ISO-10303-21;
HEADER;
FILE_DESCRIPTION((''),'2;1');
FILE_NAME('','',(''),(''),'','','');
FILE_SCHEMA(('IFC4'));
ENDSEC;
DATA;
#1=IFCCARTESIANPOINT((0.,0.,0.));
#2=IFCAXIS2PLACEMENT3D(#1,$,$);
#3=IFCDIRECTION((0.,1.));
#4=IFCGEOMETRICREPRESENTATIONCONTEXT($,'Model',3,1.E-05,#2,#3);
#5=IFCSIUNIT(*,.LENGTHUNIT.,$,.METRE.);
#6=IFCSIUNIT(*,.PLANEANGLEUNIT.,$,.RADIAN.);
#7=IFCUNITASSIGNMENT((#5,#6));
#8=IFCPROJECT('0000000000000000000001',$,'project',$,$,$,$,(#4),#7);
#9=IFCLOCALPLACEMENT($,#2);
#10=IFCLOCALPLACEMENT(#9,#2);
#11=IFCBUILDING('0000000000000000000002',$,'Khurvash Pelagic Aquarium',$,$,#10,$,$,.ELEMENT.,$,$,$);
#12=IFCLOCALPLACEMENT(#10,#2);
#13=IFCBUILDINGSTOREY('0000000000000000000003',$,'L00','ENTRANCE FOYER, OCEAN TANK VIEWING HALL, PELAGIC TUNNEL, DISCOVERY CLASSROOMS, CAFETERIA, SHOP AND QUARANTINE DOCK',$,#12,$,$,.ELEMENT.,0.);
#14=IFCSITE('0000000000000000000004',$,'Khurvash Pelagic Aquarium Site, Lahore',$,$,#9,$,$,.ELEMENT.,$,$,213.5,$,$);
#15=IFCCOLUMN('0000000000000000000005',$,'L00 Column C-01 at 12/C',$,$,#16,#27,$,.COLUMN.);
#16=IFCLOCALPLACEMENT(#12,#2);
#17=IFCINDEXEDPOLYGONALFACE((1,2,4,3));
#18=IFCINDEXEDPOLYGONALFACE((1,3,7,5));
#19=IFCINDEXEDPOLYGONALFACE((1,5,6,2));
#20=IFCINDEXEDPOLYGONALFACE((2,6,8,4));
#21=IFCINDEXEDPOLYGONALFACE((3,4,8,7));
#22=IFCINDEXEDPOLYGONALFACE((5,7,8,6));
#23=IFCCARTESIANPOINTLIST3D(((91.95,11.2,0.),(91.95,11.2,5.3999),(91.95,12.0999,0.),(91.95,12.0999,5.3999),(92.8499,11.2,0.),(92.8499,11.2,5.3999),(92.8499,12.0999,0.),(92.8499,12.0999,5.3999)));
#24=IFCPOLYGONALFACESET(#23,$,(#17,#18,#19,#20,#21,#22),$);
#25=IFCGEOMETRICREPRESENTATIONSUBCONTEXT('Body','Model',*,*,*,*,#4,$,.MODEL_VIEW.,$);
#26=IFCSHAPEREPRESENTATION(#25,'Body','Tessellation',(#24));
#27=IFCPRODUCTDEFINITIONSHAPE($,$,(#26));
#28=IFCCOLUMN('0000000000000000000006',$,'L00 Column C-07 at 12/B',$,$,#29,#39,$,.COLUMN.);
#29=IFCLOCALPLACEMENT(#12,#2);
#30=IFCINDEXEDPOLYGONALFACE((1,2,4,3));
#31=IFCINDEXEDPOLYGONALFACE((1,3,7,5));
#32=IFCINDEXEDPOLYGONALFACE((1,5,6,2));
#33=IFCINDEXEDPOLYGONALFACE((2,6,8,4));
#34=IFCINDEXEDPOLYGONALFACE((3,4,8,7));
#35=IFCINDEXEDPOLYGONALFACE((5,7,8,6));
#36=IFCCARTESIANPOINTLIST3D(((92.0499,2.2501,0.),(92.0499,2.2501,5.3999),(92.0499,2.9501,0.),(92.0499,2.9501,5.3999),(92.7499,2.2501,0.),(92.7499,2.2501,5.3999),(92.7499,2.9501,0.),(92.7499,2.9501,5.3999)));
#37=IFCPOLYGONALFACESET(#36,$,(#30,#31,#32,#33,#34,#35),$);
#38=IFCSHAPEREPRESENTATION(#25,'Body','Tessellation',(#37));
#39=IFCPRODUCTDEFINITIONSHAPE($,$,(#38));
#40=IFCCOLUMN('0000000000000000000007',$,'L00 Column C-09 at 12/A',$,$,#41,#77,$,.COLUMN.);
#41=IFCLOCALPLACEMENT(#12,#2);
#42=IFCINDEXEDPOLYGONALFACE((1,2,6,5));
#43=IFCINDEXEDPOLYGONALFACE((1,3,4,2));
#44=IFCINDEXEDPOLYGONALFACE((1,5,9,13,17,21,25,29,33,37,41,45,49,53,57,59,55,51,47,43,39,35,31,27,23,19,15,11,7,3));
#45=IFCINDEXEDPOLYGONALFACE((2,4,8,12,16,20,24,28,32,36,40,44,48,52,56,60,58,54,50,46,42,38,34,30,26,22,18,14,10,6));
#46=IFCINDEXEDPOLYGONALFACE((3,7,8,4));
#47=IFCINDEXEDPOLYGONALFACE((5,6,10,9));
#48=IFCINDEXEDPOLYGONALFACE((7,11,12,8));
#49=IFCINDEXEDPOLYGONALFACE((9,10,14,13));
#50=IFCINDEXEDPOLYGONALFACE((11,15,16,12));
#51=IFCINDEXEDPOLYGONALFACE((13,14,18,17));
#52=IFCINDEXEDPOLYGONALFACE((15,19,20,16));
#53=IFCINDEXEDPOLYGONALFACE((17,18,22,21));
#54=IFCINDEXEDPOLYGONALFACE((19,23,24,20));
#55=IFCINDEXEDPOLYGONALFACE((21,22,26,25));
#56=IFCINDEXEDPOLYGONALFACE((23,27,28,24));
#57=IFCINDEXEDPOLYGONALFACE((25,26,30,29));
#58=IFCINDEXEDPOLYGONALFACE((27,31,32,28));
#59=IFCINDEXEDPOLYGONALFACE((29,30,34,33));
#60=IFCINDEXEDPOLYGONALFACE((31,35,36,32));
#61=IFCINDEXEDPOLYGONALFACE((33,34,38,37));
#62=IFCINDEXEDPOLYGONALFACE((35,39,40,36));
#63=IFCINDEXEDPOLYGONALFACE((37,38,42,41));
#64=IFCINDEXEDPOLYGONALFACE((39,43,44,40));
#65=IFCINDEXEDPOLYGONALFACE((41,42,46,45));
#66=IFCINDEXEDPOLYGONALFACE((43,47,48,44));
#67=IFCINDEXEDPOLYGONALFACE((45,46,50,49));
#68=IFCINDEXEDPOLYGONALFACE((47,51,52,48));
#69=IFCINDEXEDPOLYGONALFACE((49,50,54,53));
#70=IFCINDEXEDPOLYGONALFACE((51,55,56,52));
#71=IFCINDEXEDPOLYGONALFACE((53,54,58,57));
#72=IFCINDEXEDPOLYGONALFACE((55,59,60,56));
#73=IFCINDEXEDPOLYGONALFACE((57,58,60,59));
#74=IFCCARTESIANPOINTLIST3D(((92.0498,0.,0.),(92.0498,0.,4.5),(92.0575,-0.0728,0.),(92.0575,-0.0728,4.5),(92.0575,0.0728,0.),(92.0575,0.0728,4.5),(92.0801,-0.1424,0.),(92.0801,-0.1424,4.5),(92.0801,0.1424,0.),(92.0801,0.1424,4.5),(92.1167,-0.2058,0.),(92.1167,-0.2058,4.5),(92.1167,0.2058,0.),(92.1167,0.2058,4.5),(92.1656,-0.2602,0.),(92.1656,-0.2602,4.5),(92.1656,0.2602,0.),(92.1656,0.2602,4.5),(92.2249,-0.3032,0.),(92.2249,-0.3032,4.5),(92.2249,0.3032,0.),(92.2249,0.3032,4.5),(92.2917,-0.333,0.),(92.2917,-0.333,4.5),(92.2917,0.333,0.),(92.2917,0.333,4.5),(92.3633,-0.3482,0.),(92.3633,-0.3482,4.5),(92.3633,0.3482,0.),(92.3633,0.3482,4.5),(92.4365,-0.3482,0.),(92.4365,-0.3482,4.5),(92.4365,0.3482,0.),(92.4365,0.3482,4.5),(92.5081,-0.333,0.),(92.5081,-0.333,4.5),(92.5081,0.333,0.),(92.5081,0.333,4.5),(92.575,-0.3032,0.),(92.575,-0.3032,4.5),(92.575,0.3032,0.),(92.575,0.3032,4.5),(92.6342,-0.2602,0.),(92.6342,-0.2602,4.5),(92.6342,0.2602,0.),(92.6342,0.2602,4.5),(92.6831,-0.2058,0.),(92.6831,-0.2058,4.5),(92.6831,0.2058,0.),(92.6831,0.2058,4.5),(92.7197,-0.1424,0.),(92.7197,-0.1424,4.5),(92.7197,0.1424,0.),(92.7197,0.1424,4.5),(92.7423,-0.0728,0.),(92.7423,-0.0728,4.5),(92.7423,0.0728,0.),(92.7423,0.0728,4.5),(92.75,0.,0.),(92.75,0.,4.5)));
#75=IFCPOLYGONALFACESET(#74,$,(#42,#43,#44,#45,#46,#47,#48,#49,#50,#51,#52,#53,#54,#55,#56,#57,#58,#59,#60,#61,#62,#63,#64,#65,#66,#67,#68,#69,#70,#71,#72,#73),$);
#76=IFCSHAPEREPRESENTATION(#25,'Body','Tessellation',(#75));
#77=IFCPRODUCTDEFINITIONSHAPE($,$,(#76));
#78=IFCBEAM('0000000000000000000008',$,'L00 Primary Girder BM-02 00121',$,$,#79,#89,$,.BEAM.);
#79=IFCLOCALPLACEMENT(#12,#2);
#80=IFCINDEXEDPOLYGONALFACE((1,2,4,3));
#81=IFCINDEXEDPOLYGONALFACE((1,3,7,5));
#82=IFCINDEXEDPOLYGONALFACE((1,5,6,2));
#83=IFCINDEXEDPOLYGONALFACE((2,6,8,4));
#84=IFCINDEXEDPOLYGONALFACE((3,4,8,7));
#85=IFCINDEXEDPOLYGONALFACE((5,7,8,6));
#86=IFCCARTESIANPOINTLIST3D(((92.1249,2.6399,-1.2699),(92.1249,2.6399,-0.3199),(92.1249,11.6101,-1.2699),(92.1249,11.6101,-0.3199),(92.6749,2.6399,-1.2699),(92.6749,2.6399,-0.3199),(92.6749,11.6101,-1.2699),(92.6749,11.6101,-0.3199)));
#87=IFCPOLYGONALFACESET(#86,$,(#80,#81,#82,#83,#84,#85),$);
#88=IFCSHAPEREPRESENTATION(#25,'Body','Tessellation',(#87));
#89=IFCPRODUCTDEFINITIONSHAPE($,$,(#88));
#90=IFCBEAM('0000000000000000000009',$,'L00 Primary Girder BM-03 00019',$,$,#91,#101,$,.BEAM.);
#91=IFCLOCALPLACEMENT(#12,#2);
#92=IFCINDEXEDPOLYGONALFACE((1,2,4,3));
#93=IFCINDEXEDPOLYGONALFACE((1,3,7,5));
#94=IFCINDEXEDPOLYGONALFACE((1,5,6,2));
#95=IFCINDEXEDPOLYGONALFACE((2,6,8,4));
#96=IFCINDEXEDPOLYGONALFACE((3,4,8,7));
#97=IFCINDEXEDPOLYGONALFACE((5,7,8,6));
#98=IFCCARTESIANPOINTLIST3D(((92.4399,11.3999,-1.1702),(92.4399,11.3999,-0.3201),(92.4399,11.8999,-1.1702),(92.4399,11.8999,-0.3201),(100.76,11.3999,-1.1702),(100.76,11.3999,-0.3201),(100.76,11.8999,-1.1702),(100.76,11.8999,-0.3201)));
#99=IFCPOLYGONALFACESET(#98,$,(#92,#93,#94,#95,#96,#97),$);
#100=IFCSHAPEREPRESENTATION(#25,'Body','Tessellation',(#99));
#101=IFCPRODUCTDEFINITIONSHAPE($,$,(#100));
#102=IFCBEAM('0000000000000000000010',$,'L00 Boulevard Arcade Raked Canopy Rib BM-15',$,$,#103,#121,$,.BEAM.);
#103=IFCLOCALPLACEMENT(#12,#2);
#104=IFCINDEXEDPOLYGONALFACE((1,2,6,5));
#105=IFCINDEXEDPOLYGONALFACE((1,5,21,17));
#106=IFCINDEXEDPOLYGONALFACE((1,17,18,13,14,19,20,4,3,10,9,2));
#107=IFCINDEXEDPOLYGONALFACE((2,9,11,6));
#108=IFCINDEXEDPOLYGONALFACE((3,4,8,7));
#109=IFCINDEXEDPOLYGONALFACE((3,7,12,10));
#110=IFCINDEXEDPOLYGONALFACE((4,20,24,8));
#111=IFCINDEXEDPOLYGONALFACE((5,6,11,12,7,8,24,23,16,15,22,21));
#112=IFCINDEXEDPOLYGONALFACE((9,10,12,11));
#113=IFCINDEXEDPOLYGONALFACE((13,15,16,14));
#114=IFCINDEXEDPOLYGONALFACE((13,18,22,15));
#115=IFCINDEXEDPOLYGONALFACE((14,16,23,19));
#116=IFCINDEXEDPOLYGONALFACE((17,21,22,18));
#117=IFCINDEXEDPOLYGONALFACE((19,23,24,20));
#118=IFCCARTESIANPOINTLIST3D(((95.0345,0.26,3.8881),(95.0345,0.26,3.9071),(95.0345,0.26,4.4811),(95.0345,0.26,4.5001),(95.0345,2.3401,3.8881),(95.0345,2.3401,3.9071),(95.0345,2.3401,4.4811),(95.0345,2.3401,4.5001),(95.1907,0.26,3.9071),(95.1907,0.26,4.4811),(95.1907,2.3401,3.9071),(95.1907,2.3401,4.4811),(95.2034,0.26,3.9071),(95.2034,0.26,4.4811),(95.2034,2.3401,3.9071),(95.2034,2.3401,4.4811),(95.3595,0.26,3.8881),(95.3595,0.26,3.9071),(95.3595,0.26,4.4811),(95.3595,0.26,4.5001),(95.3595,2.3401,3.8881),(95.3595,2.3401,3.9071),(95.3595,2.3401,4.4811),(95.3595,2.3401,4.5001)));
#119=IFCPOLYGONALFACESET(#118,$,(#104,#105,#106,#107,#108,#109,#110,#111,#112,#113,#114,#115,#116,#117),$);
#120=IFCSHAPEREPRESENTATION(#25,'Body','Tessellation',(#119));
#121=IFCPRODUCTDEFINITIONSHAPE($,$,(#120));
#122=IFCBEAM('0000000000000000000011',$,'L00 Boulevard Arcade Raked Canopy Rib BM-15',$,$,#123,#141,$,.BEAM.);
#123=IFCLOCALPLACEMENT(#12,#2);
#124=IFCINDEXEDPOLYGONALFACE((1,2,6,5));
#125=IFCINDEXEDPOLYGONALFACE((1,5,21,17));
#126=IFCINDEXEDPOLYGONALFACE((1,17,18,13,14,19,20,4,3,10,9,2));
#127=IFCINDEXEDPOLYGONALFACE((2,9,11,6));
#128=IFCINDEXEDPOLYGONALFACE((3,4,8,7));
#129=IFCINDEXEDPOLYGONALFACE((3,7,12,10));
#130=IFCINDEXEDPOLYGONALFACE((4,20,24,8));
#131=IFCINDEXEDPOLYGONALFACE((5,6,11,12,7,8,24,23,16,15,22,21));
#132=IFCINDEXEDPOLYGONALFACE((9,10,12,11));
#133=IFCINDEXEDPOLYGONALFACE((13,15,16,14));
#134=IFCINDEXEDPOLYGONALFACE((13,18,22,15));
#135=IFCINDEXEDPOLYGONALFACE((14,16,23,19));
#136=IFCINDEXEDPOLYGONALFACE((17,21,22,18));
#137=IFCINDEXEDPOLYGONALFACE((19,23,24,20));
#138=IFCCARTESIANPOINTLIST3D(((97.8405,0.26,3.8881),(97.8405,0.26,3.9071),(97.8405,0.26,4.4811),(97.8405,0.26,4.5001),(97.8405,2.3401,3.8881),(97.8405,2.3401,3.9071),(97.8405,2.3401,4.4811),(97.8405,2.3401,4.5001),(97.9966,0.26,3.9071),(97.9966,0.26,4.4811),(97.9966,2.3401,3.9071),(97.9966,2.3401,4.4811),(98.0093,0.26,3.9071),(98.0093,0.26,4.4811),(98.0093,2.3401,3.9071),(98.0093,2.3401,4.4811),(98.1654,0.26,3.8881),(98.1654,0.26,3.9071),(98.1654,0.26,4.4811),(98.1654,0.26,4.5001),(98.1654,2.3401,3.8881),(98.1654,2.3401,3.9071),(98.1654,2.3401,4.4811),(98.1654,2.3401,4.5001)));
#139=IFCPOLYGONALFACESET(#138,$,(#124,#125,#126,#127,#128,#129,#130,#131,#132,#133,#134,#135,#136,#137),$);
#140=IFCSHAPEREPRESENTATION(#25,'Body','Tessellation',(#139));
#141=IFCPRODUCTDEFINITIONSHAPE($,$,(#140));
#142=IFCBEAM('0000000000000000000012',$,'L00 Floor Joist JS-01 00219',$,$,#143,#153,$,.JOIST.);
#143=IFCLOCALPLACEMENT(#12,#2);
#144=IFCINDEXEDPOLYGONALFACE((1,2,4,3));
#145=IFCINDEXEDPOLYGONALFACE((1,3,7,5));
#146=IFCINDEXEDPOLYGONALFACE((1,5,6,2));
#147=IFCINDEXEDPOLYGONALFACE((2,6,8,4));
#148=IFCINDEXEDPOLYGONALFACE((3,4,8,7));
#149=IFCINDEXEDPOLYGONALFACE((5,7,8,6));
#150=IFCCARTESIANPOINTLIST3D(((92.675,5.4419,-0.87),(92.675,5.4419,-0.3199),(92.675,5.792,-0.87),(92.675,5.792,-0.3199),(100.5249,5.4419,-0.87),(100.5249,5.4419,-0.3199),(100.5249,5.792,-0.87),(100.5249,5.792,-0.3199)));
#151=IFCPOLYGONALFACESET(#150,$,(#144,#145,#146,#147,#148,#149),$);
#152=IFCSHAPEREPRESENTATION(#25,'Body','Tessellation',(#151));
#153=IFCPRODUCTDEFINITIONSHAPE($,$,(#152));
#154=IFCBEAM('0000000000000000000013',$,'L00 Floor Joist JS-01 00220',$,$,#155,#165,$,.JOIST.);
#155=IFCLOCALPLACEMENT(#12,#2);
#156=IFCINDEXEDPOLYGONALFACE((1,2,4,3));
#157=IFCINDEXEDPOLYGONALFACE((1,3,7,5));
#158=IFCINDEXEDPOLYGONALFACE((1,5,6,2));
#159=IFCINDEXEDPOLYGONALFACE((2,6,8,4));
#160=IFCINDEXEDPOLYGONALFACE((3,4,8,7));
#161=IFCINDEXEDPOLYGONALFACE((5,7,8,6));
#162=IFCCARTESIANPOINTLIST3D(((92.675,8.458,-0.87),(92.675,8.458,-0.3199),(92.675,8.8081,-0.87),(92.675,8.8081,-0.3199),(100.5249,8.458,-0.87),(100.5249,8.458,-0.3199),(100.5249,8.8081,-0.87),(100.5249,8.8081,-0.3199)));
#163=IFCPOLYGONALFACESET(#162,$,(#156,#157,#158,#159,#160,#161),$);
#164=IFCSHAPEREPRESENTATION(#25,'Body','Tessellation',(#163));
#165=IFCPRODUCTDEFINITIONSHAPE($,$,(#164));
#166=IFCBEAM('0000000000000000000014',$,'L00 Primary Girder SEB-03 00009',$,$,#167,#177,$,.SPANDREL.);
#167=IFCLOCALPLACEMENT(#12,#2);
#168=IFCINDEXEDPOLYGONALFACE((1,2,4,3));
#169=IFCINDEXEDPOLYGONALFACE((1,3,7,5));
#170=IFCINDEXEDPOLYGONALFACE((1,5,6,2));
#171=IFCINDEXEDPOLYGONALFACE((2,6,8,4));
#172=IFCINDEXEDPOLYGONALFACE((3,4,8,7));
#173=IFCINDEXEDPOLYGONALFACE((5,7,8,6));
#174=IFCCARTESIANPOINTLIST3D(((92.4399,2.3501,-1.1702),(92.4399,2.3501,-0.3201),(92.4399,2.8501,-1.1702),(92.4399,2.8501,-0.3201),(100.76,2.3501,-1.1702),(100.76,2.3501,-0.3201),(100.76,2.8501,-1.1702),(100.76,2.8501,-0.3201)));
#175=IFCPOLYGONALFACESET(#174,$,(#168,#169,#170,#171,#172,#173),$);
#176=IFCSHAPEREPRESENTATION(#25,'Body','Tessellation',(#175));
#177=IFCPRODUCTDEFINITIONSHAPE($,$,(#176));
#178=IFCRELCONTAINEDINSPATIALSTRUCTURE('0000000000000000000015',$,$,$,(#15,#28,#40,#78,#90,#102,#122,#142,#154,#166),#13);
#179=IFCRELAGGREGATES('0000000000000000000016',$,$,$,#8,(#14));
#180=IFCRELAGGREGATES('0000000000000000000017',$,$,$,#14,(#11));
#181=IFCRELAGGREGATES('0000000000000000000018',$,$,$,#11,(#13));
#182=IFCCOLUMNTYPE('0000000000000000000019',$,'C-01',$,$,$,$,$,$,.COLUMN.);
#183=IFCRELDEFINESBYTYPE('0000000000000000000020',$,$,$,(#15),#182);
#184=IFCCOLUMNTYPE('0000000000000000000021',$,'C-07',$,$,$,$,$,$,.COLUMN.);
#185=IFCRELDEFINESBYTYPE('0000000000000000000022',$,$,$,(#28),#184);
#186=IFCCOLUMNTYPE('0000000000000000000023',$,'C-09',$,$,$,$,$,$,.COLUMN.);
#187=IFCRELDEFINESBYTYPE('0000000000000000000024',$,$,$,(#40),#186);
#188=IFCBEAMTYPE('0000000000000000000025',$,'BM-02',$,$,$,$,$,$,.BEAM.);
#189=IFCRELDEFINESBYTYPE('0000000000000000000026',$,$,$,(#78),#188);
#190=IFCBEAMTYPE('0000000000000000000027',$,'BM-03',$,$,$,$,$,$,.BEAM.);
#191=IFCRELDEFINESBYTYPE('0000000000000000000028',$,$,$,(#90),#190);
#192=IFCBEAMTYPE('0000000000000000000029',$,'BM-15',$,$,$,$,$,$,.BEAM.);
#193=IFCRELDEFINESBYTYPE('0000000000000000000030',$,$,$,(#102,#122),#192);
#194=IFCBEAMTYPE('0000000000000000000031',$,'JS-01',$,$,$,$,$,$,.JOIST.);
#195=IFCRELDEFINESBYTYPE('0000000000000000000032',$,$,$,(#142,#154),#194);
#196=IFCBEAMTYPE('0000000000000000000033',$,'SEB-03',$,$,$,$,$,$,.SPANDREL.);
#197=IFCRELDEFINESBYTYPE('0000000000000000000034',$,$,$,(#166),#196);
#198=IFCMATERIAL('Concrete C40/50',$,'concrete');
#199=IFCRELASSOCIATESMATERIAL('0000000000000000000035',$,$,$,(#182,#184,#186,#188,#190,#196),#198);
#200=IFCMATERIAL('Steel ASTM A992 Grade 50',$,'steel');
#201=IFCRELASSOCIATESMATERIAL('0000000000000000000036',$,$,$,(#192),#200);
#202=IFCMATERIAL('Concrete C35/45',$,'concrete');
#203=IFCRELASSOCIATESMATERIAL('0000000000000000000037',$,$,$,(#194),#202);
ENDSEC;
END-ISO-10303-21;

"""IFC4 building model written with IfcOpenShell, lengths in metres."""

from ifc_helpers import new_model, si_unit, direction, frame, origin, origin_2d, place, context, subcontext, project, spatial, rectangle, circle, i_section, extrude, material, material_profile, profile_set, type_object, element, save


model = new_model("IFC4")

# Units and contexts
model_context = context("Model", 3, precision=1e-05, world=origin(), true_north=direction((0.0, 1.0)))
body_context = subcontext(model_context, "Body", "Model", "MODEL_VIEW")
ifc_project = project(units=[si_unit("LENGTHUNIT", "METRE"), si_unit("PLANEANGLEUNIT", "RADIAN")], contexts=[model_context])

# Site, building, storey
site_placement = place(None, origin())
site = spatial("IfcSite", under=ifc_project, at=site_placement, Name="Khurvash Pelagic Aquarium Site, Lahore", CompositionType="ELEMENT", RefElevation=213.5)
building_placement = place(site_placement, origin())
building = spatial("IfcBuilding", under=site, at=building_placement, Name="Khurvash Pelagic Aquarium", CompositionType="ELEMENT")
storey_placement = place(building_placement, origin())
storey = spatial("IfcBuildingStorey", under=building, at=storey_placement, Name="L00", Description="ENTRANCE FOYER, OCEAN TANK VIEWING HALL, PELAGIC TUNNEL, DISCOVERY CLASSROOMS, CAFETERIA, SHOP AND QUARANTINE DOCK", CompositionType="ELEMENT", Elevation=0.0)

# Columns
ifc_material_1 = material(Name="Concrete C40/50", Category="concrete")
ifc_material_profile_1 = material_profile(ifc_material_1, rectangle(XDim=0.8999, YDim=0.8999, at=origin_2d()), Name="RC900X900")
ifc_profile_set_1 = profile_set([ifc_material_profile_1], Name="Concrete C40/50")
column_type_1 = type_object("IfcColumnType", Name="C-01", PredefinedType="COLUMN", material=ifc_profile_set_1)
column_1_placement = place(storey_placement, frame((92.3999, 11.6499, 0.0), z_axis=(0.0, 0.0, 1.0), x_axis=(1.0, 0.0, 0.0)))
element("IfcColumn", 1, at=column_1_placement, inside=storey, type_object=column_type_1, Name="L00 Column C-01 at 12/C", PredefinedType="COLUMN", context=body_context, shape_type="SweptSolid", body=[
    extrude(rectangle(XDim=0.8999, YDim=0.8999, at=origin_2d()), origin(), (0.0, 0.0, 1.0), 5.3999),
])
ifc_material_profile_2 = material_profile(ifc_material_1, rectangle(XDim=0.7, YDim=0.7, at=origin_2d()), Name="RC700X700")
ifc_profile_set_2 = profile_set([ifc_material_profile_2], Name="Concrete C40/50")
column_type_2 = type_object("IfcColumnType", Name="C-07", PredefinedType="COLUMN", material=ifc_profile_set_2)
column_2_placement = place(storey_placement, frame((92.3999, 2.6001, 0.0), z_axis=(0.0, 0.0, 1.0), x_axis=(1.0, 0.0, 0.0)))
element("IfcColumn", 2, at=column_2_placement, inside=storey, type_object=column_type_2, Name="L00 Column C-07 at 12/B", PredefinedType="COLUMN", context=body_context, shape_type="SweptSolid", body=[
    extrude(rectangle(XDim=0.7, YDim=0.7, at=origin_2d()), origin(), (0.0, 0.0, 1.0), 5.3999),
])
ifc_material_profile_3 = material_profile(ifc_material_1, circle(Radius=0.3501, at=origin_2d()), Name="RC700D")
ifc_profile_set_3 = profile_set([ifc_material_profile_3], Name="Concrete C40/50")
column_type_3 = type_object("IfcColumnType", Name="C-09", PredefinedType="COLUMN", material=ifc_profile_set_3)
column_3_placement = place(storey_placement, frame((92.3999, 0.0, 0.0), z_axis=(0.0, 0.0, 1.0), x_axis=(1.0, 0.0, 0.0)))
element("IfcColumn", 3, at=column_3_placement, inside=storey, type_object=column_type_3, Name="L00 Column C-09 at 12/A", PredefinedType="COLUMN", context=body_context, shape_type="SweptSolid", body=[
    extrude(circle(Radius=0.3501, at=origin_2d()), origin(), (0.0, 0.0, 1.0), 4.5),
])

# Beams
ifc_material_profile_4 = material_profile(ifc_material_1, rectangle(XDim=0.55, YDim=0.95, at=origin_2d()), Name="RC550X950")
ifc_profile_set_4 = profile_set([ifc_material_profile_4], Name="Concrete C40/50")
beam_type_1 = type_object("IfcBeamType", Name="BM-02", PredefinedType="BEAM", material=ifc_profile_set_4)
beam_1_placement = place(storey_placement, frame((92.3999, 2.6399, -0.7949), z_axis=(0.0, 1.0, 0.0), x_axis=(-1.0, 0.0, 0.0)))
element("IfcBeam", 4, at=beam_1_placement, inside=storey, type_object=beam_type_1, Name="L00 Primary Girder BM-02 00121", PredefinedType="BEAM", context=body_context, shape_type="SweptSolid", body=[
    extrude(rectangle(XDim=0.55, YDim=0.95, at=origin_2d()), origin(), (0.0, 0.0, 1.0), 8.9702),
])
ifc_material_profile_5 = material_profile(ifc_material_1, rectangle(XDim=0.5, YDim=0.8501, at=origin_2d()), Name="RC500X850")
ifc_profile_set_5 = profile_set([ifc_material_profile_5], Name="Concrete C40/50")
beam_type_2 = type_object("IfcBeamType", Name="BM-03", PredefinedType="BEAM", material=ifc_profile_set_5)
beam_2_placement = place(storey_placement, frame((92.4399, 11.6499, -0.7451), z_axis=(1.0, 0.0, 0.0), x_axis=(0.0, 1.0, 0.0)))
element("IfcBeam", 5, at=beam_2_placement, inside=storey, type_object=beam_type_2, Name="L00 Primary Girder BM-03 00019", PredefinedType="BEAM", context=body_context, shape_type="SweptSolid", body=[
    extrude(rectangle(XDim=0.5, YDim=0.8501, at=origin_2d()), origin(), (0.0, 0.0, 1.0), 8.3201),
])
ifc_material_2 = material(Name="Steel ASTM A992 Grade 50", Category="steel")
ifc_material_profile_6 = material_profile(ifc_material_2, i_section(OverallWidth=0.325, OverallDepth=0.6121, WebThickness=0.0127, FlangeThickness=0.019, at=origin_2d()), Name="W24X104")
ifc_profile_set_6 = profile_set([ifc_material_profile_6], Name="Steel ASTM A992 Grade 50")
beam_type_3 = type_object("IfcBeamType", Name="BM-15", PredefinedType="BEAM", material=ifc_profile_set_6)
for number, where, z_axis, x_axis, name in (
    (6, (95.197, 2.3401, 4.1941), (0.0, -1.0, 0.0), (1.0, 0.0, 0.0), "L00 Boulevard Arcade Raked Canopy Rib BM-15"),
    (7, (98.0029, 2.3401, 4.1941), (0.0, -1.0, 0.0), (1.0, 0.0, 0.0), "L00 Boulevard Arcade Raked Canopy Rib BM-15"),
):
    element("IfcBeam", number, at=place(storey_placement, frame(where, z_axis=z_axis, x_axis=x_axis)), inside=storey, type_object=beam_type_3, Name=name, PredefinedType="BEAM", context=body_context, shape_type="SweptSolid", body=[
        extrude(i_section(OverallWidth=0.325, OverallDepth=0.6121, WebThickness=0.0127, FlangeThickness=0.019, at=origin_2d()), origin(), (0.0, 0.0, 1.0), 2.0801),
    ])
ifc_material_3 = material(Name="Concrete C35/45", Category="concrete")
ifc_material_profile_7 = material_profile(ifc_material_3, rectangle(XDim=0.3501, YDim=0.55, at=origin_2d()), Name="RC350X550")
ifc_profile_set_7 = profile_set([ifc_material_profile_7], Name="Concrete C35/45")
beam_type_4 = type_object("IfcBeamType", Name="JS-01", PredefinedType="JOIST", material=ifc_profile_set_7)
for number, where, z_axis, x_axis, name in (
    (8, (92.675, 5.6169, -0.595), (1.0, 0.0, 0.0), (0.0, 1.0, 0.0), "L00 Floor Joist JS-01 00219"),
    (9, (92.675, 8.6331, -0.595), (1.0, 0.0, 0.0), (0.0, 1.0, 0.0), "L00 Floor Joist JS-01 00220"),
):
    element("IfcBeam", number, at=place(storey_placement, frame(where, z_axis=z_axis, x_axis=x_axis)), inside=storey, type_object=beam_type_4, Name=name, PredefinedType="JOIST", context=body_context, shape_type="SweptSolid", body=[
        extrude(rectangle(XDim=0.3501, YDim=0.55, at=origin_2d()), origin(), (0.0, 0.0, 1.0), 7.8499),
    ])
ifc_material_profile_8 = material_profile(ifc_material_1, rectangle(XDim=0.5, YDim=0.8501, at=origin_2d()), Name="RC500X850")
ifc_profile_set_8 = profile_set([ifc_material_profile_8], Name="Concrete C40/50")
beam_type_5 = type_object("IfcBeamType", Name="SEB-03", PredefinedType="SPANDREL", material=ifc_profile_set_8)
for number, where, z_axis, x_axis, name in (
    (10, (92.4399, 2.6001, -0.7451), (1.0, 0.0, 0.0), (0.0, 1.0, 0.0), "L00 Primary Girder SEB-03 00009"),
):
    element("IfcBeam", number, at=place(storey_placement, frame(where, z_axis=z_axis, x_axis=x_axis)), inside=storey, type_object=beam_type_5, Name=name, PredefinedType="SPANDREL", context=body_context, shape_type="SweptSolid", body=[
        extrude(rectangle(XDim=0.5, YDim=0.8501, at=origin_2d()), origin(), (0.0, 0.0, 1.0), 8.3201),
    ])

save(model, "model.ifc")
